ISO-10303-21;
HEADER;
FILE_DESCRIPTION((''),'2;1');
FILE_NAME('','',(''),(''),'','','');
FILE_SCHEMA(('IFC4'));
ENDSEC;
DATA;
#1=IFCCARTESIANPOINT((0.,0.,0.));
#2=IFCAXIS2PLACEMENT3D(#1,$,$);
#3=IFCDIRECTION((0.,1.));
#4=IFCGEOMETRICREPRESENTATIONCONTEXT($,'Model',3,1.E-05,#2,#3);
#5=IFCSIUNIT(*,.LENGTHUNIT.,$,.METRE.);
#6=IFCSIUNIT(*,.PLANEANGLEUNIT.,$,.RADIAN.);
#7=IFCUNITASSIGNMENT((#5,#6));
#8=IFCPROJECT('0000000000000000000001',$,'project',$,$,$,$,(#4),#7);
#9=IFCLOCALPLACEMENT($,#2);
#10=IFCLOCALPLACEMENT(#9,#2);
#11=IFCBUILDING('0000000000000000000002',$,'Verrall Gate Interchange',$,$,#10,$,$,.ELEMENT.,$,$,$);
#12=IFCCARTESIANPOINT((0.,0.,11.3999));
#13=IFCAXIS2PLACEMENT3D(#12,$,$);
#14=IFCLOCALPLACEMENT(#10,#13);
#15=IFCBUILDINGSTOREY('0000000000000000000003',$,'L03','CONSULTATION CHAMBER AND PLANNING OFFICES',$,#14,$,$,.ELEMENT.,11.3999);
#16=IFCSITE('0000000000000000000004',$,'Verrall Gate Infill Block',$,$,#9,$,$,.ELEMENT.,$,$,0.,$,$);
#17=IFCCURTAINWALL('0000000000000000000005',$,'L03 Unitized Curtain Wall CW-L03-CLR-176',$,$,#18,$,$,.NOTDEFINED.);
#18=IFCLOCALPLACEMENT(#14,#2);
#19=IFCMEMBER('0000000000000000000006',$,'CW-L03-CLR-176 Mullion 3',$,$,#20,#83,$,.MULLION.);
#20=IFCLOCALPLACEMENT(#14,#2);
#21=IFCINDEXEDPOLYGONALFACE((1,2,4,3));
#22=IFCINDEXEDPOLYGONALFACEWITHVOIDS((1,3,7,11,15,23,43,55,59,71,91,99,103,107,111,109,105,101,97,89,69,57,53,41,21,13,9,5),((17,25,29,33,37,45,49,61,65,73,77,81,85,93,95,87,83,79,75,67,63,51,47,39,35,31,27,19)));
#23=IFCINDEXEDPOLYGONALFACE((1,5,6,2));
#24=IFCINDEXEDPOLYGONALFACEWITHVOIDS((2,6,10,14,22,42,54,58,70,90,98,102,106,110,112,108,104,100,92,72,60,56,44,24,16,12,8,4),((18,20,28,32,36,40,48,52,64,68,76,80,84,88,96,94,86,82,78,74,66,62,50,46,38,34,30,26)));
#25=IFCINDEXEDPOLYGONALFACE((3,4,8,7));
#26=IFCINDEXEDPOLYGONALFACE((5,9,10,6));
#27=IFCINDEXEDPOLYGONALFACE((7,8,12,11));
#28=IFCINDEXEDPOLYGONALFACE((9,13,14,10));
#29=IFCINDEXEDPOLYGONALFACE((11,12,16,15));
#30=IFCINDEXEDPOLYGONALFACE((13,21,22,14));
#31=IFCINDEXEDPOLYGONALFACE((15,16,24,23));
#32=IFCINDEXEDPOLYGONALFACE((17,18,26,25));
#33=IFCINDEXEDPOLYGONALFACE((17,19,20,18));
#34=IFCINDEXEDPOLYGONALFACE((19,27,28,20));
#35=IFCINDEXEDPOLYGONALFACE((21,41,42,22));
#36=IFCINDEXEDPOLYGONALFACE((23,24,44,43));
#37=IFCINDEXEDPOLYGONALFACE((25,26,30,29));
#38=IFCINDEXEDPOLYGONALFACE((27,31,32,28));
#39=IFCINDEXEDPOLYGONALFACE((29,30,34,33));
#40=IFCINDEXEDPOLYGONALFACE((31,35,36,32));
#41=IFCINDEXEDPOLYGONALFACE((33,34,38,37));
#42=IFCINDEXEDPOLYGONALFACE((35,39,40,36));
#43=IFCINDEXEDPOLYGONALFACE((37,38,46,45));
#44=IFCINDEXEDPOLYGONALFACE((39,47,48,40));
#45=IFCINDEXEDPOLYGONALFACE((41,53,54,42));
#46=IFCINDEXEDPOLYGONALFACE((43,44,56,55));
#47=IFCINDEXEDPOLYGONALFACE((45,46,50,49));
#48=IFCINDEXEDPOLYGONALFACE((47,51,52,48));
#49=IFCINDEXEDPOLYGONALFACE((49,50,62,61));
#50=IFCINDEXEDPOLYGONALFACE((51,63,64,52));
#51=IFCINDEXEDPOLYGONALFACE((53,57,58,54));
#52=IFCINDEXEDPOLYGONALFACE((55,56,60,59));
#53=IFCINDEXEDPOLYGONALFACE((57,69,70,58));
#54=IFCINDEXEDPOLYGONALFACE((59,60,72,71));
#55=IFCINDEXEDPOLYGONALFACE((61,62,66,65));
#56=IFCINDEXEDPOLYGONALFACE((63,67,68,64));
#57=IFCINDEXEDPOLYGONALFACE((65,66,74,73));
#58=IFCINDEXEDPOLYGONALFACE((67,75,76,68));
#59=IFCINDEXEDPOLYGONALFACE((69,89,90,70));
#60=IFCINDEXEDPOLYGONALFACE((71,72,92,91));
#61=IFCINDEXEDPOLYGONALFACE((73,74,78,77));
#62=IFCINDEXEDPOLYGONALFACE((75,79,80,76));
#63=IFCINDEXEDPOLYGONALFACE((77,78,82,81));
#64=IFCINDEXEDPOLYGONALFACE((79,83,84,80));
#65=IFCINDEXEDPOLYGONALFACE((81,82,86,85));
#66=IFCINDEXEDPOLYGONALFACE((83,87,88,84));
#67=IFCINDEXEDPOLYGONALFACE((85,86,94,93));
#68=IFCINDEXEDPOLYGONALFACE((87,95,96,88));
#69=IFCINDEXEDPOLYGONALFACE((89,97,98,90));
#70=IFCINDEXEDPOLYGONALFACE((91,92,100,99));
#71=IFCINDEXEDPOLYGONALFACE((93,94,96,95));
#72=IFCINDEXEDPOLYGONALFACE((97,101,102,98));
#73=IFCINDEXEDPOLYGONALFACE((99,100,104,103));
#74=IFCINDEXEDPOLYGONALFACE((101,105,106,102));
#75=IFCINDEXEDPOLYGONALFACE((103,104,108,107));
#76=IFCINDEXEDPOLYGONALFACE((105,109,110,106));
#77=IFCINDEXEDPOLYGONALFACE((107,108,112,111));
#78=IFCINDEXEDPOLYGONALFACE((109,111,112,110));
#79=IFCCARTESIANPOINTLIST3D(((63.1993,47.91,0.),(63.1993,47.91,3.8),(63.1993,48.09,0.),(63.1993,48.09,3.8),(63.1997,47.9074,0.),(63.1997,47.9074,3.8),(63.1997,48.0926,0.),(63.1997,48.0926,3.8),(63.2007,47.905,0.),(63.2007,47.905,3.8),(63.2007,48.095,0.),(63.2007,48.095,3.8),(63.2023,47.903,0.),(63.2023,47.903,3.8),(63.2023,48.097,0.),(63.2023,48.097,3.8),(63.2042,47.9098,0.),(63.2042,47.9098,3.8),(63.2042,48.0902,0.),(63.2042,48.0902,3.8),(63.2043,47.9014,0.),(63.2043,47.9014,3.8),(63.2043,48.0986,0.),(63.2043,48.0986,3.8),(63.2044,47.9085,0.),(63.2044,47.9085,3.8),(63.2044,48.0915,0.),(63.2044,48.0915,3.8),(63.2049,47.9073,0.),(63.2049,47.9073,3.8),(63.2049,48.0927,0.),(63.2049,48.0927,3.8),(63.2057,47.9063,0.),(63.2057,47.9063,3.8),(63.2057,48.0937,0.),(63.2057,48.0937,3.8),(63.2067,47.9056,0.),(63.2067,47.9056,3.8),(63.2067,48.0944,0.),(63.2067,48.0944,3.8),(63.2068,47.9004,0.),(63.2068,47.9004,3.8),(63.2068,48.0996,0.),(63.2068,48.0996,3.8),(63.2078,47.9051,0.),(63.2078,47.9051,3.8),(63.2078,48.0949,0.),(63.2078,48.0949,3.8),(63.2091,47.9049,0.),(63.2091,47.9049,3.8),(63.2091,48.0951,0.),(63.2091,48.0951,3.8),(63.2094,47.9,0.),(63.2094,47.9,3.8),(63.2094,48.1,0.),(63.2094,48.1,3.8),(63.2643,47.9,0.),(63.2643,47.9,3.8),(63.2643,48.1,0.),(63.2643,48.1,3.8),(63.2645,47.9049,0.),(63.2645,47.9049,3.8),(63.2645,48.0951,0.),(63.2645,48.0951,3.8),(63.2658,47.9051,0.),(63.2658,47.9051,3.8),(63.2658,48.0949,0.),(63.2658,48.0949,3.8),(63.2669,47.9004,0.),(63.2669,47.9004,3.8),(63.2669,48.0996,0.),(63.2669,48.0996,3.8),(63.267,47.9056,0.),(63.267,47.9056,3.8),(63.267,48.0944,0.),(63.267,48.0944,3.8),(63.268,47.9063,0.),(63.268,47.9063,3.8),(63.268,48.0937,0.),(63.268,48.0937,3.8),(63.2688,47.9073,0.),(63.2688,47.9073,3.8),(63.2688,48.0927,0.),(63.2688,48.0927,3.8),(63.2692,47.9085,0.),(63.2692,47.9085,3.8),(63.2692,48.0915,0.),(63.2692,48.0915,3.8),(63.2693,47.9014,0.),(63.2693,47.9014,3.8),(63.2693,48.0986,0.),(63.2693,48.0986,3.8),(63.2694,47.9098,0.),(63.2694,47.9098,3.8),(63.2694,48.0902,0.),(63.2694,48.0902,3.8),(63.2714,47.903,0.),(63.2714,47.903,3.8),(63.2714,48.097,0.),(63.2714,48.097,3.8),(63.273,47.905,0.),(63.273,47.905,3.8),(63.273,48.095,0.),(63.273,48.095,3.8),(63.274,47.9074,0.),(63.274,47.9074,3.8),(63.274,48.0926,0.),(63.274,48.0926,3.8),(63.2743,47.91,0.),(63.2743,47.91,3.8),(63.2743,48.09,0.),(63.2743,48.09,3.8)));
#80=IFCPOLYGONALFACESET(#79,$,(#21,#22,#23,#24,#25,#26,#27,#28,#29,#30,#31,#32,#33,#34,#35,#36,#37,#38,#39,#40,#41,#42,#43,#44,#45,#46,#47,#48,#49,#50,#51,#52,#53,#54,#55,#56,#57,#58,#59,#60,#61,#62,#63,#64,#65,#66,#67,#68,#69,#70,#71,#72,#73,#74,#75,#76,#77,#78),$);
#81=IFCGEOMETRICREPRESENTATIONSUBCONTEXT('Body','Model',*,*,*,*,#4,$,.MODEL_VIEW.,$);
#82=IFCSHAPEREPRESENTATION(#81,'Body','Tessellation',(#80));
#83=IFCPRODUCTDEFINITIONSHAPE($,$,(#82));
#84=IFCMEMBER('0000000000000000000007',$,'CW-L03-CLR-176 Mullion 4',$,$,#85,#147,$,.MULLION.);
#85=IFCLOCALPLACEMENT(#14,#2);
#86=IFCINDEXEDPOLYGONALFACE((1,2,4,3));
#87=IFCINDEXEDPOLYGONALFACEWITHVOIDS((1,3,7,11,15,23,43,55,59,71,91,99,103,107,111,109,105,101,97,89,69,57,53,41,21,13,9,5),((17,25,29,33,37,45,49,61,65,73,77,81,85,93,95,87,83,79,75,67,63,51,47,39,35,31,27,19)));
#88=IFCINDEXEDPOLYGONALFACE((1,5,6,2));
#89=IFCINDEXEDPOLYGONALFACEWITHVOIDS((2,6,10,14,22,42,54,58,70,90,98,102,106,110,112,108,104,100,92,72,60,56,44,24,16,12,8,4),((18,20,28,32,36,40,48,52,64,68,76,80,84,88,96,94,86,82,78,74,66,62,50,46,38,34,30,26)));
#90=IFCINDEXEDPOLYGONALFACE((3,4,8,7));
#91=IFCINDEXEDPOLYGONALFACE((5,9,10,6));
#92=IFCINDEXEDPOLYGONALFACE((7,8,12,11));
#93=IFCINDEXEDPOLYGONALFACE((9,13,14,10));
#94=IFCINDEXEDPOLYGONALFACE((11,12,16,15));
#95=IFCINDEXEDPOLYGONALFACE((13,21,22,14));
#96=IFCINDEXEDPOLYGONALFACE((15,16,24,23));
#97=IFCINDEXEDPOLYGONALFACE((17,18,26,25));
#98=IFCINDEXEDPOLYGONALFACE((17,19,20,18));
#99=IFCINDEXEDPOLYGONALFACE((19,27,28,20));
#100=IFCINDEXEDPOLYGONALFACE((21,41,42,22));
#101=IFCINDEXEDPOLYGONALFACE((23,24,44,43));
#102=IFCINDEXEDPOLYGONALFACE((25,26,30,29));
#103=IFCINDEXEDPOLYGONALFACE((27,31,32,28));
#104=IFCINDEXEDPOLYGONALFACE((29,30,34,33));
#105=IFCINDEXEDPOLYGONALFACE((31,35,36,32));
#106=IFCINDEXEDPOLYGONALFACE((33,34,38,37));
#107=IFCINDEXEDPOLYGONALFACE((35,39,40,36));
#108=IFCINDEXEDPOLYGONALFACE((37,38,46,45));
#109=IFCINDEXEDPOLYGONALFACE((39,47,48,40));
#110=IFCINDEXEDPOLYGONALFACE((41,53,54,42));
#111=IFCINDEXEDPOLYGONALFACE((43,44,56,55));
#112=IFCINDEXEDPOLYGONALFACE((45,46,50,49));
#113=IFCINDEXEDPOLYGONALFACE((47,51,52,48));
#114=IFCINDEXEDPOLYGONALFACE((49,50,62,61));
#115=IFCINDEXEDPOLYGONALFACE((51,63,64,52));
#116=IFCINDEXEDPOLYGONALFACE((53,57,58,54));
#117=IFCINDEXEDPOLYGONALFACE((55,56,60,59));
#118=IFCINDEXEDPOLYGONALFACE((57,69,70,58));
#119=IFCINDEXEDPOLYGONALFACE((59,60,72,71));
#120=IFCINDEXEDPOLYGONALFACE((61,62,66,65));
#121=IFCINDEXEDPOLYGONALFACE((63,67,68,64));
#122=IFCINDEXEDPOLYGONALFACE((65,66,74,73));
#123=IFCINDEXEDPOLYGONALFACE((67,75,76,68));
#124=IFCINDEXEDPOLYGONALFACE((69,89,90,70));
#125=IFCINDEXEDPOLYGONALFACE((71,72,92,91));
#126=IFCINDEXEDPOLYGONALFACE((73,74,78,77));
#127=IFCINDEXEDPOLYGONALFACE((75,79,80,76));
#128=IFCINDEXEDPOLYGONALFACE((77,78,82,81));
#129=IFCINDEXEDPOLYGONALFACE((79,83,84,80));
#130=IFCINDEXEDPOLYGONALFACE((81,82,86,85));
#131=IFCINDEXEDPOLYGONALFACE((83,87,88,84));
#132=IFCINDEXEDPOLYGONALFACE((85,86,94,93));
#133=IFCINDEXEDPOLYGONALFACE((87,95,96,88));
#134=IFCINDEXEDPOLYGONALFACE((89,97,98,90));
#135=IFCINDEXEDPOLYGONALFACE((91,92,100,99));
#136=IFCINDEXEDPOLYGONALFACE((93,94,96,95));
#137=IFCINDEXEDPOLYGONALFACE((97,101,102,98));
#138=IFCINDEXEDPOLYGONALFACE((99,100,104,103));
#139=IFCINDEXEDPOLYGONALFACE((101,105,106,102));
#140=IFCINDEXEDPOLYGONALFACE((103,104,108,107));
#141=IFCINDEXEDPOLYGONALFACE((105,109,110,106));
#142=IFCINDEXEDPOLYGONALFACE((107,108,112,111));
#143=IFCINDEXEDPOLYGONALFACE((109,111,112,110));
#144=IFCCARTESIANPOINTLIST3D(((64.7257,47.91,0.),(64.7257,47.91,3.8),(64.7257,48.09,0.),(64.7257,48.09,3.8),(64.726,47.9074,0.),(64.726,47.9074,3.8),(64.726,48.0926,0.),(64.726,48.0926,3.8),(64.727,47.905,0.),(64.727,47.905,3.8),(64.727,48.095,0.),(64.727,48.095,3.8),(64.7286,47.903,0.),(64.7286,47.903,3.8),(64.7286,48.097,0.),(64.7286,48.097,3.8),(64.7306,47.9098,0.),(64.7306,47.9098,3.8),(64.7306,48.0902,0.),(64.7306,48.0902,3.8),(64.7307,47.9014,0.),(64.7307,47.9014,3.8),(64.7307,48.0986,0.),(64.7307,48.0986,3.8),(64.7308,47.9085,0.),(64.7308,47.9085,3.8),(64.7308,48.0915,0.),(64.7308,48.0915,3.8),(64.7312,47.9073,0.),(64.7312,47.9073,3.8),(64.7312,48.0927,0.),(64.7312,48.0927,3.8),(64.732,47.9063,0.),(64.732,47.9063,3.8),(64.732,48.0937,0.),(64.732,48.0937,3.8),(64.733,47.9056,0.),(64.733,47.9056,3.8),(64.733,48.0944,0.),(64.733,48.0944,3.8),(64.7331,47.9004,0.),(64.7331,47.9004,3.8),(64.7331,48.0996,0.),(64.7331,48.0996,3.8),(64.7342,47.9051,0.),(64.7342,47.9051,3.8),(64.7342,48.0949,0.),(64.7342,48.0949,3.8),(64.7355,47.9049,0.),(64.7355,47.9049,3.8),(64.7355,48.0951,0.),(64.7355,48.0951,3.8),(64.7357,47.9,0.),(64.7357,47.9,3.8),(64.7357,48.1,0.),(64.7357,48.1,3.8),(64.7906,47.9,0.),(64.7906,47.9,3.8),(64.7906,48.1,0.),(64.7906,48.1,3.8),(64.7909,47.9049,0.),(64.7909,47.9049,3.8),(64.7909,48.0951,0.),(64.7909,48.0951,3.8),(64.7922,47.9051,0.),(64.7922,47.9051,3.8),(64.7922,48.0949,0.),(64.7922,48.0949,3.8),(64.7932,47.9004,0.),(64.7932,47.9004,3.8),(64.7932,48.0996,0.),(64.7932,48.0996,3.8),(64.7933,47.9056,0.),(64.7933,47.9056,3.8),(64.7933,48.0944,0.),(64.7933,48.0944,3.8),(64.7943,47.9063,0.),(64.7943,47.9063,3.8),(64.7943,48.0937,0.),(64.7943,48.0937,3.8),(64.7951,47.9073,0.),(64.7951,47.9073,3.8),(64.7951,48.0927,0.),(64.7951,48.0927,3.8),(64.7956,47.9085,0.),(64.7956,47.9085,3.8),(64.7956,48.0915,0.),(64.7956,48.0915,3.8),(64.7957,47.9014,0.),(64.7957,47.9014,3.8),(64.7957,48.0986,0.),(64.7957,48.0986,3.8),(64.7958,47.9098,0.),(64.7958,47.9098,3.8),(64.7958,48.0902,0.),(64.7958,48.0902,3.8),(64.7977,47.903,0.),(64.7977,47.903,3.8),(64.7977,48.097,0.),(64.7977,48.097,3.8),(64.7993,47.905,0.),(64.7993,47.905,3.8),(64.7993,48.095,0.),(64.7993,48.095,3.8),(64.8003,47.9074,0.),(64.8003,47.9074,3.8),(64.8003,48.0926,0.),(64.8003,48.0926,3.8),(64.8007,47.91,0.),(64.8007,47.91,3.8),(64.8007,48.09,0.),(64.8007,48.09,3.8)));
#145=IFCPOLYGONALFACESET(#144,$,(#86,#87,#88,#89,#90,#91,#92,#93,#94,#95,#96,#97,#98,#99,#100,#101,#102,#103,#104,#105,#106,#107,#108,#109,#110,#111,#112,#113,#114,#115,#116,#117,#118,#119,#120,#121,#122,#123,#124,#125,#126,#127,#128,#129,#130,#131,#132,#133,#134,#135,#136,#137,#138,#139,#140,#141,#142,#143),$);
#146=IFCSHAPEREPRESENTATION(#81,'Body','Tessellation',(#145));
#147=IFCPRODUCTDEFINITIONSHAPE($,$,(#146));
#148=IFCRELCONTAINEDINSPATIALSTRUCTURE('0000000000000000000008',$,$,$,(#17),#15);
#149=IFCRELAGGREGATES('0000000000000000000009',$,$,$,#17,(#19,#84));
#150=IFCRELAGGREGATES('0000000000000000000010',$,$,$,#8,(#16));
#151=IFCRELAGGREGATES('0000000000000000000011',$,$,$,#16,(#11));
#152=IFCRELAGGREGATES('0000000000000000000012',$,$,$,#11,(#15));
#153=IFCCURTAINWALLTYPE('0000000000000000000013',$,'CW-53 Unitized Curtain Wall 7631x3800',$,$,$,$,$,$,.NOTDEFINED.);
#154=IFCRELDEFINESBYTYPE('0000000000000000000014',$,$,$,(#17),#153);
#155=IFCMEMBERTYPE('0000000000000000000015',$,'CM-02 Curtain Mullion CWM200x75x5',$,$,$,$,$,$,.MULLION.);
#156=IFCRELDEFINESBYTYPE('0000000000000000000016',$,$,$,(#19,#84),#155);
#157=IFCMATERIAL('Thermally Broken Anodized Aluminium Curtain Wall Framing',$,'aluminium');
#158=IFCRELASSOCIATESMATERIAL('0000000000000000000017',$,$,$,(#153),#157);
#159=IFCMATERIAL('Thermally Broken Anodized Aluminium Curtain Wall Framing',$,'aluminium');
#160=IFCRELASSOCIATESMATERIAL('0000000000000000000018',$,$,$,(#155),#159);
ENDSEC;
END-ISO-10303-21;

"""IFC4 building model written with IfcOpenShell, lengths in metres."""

from ifc_helpers import new_model, si_unit, direction, frame, origin, origin_2d, place, context, subcontext, project, spatial, hollow_rectangle, extrude, material, material_profile, profile_set, type_object, element, aggregate, save


model = new_model("IFC4")

# Units and contexts
model_context = context("Model", 3, precision=1e-05, world=origin(), true_north=direction((0.0, 1.0)))
body_context = subcontext(model_context, "Body", "Model", "MODEL_VIEW")
ifc_project = project(units=[si_unit("LENGTHUNIT", "METRE"), si_unit("PLANEANGLEUNIT", "RADIAN")], contexts=[model_context])

# Site, building, storey
site_placement = place(None, origin())
site = spatial("IfcSite", under=ifc_project, at=site_placement, Name="Verrall Gate Infill Block", CompositionType="ELEMENT", RefElevation=0.0)
building_placement = place(site_placement, origin())
building = spatial("IfcBuilding", under=site, at=building_placement, Name="Verrall Gate Interchange", CompositionType="ELEMENT")
storey_placement = place(building_placement, frame((0.0, 0.0, 11.3999)))
storey = spatial("IfcBuildingStorey", under=building, at=storey_placement, Name="L03", Description="CONSULTATION CHAMBER AND PLANNING OFFICES", CompositionType="ELEMENT", Elevation=11.3999)

# Curtain wall, members
ifc_material_1 = material(Name="Thermally Broken Anodized Aluminium Curtain Wall Framing", Category="aluminium")
curtain_wall_type = type_object("IfcCurtainWallType", Name="CW-53 Unitized Curtain Wall 7631x3800", PredefinedType="NOTDEFINED", material=ifc_material_1)
curtain_wall_1_placement = place(storey_placement, origin())
curtain_wall_1 = element("IfcCurtainWall", 1, at=curtain_wall_1_placement, inside=storey, type_object=curtain_wall_type, Name="L03 Unitized Curtain Wall CW-L03-CLR-176", PredefinedType="NOTDEFINED")
ifc_material_2 = material(Name="Thermally Broken Anodized Aluminium Curtain Wall Framing", Category="aluminium")
ifc_material_profile_1 = material_profile(ifc_material_2, hollow_rectangle(XDim=0.075, YDim=0.2, WallThickness=0.0049, InnerFilletRadius=0.0049, OuterFilletRadius=0.01, at=origin_2d()), Name="CWM200x75x5")
ifc_profile_set_1 = profile_set([ifc_material_profile_1], Name="Thermally Broken Anodized Aluminium Curtain Wall Framing")
member_type_1 = type_object("IfcMemberType", Name="CM-02 Curtain Mullion CWM200x75x5", PredefinedType="MULLION", material=ifc_profile_set_1)
member_1_placement = place(storey_placement, frame((63.2368, 48.0, 0.0), z_axis=(0.0, 0.0, 1.0), x_axis=(1.0, 0.0, 0.0)))
member_1 = element("IfcMember", 2, at=member_1_placement, type_object=member_type_1, Name="CW-L03-CLR-176 Mullion 3", PredefinedType="MULLION", context=body_context, shape_type="SweptSolid", body=[
    extrude(hollow_rectangle(XDim=0.075, YDim=0.2, WallThickness=0.0049, InnerFilletRadius=0.0049, OuterFilletRadius=0.01, at=origin_2d()), origin(), (0.0, 0.0, 1.0), 3.8),
])
member_2_placement = place(storey_placement, frame((64.7632, 48.0, 0.0), z_axis=(0.0, 0.0, 1.0), x_axis=(1.0, 0.0, 0.0)))
member_2 = element("IfcMember", 3, at=member_2_placement, type_object=member_type_1, Name="CW-L03-CLR-176 Mullion 4", PredefinedType="MULLION", context=body_context, shape_type="SweptSolid", body=[
    extrude(hollow_rectangle(XDim=0.075, YDim=0.2, WallThickness=0.0049, InnerFilletRadius=0.0049, OuterFilletRadius=0.01, at=origin_2d()), origin(), (0.0, 0.0, 1.0), 3.8),
])

aggregate(curtain_wall_1, [member_1, member_2])

save(model, "model.ifc")
